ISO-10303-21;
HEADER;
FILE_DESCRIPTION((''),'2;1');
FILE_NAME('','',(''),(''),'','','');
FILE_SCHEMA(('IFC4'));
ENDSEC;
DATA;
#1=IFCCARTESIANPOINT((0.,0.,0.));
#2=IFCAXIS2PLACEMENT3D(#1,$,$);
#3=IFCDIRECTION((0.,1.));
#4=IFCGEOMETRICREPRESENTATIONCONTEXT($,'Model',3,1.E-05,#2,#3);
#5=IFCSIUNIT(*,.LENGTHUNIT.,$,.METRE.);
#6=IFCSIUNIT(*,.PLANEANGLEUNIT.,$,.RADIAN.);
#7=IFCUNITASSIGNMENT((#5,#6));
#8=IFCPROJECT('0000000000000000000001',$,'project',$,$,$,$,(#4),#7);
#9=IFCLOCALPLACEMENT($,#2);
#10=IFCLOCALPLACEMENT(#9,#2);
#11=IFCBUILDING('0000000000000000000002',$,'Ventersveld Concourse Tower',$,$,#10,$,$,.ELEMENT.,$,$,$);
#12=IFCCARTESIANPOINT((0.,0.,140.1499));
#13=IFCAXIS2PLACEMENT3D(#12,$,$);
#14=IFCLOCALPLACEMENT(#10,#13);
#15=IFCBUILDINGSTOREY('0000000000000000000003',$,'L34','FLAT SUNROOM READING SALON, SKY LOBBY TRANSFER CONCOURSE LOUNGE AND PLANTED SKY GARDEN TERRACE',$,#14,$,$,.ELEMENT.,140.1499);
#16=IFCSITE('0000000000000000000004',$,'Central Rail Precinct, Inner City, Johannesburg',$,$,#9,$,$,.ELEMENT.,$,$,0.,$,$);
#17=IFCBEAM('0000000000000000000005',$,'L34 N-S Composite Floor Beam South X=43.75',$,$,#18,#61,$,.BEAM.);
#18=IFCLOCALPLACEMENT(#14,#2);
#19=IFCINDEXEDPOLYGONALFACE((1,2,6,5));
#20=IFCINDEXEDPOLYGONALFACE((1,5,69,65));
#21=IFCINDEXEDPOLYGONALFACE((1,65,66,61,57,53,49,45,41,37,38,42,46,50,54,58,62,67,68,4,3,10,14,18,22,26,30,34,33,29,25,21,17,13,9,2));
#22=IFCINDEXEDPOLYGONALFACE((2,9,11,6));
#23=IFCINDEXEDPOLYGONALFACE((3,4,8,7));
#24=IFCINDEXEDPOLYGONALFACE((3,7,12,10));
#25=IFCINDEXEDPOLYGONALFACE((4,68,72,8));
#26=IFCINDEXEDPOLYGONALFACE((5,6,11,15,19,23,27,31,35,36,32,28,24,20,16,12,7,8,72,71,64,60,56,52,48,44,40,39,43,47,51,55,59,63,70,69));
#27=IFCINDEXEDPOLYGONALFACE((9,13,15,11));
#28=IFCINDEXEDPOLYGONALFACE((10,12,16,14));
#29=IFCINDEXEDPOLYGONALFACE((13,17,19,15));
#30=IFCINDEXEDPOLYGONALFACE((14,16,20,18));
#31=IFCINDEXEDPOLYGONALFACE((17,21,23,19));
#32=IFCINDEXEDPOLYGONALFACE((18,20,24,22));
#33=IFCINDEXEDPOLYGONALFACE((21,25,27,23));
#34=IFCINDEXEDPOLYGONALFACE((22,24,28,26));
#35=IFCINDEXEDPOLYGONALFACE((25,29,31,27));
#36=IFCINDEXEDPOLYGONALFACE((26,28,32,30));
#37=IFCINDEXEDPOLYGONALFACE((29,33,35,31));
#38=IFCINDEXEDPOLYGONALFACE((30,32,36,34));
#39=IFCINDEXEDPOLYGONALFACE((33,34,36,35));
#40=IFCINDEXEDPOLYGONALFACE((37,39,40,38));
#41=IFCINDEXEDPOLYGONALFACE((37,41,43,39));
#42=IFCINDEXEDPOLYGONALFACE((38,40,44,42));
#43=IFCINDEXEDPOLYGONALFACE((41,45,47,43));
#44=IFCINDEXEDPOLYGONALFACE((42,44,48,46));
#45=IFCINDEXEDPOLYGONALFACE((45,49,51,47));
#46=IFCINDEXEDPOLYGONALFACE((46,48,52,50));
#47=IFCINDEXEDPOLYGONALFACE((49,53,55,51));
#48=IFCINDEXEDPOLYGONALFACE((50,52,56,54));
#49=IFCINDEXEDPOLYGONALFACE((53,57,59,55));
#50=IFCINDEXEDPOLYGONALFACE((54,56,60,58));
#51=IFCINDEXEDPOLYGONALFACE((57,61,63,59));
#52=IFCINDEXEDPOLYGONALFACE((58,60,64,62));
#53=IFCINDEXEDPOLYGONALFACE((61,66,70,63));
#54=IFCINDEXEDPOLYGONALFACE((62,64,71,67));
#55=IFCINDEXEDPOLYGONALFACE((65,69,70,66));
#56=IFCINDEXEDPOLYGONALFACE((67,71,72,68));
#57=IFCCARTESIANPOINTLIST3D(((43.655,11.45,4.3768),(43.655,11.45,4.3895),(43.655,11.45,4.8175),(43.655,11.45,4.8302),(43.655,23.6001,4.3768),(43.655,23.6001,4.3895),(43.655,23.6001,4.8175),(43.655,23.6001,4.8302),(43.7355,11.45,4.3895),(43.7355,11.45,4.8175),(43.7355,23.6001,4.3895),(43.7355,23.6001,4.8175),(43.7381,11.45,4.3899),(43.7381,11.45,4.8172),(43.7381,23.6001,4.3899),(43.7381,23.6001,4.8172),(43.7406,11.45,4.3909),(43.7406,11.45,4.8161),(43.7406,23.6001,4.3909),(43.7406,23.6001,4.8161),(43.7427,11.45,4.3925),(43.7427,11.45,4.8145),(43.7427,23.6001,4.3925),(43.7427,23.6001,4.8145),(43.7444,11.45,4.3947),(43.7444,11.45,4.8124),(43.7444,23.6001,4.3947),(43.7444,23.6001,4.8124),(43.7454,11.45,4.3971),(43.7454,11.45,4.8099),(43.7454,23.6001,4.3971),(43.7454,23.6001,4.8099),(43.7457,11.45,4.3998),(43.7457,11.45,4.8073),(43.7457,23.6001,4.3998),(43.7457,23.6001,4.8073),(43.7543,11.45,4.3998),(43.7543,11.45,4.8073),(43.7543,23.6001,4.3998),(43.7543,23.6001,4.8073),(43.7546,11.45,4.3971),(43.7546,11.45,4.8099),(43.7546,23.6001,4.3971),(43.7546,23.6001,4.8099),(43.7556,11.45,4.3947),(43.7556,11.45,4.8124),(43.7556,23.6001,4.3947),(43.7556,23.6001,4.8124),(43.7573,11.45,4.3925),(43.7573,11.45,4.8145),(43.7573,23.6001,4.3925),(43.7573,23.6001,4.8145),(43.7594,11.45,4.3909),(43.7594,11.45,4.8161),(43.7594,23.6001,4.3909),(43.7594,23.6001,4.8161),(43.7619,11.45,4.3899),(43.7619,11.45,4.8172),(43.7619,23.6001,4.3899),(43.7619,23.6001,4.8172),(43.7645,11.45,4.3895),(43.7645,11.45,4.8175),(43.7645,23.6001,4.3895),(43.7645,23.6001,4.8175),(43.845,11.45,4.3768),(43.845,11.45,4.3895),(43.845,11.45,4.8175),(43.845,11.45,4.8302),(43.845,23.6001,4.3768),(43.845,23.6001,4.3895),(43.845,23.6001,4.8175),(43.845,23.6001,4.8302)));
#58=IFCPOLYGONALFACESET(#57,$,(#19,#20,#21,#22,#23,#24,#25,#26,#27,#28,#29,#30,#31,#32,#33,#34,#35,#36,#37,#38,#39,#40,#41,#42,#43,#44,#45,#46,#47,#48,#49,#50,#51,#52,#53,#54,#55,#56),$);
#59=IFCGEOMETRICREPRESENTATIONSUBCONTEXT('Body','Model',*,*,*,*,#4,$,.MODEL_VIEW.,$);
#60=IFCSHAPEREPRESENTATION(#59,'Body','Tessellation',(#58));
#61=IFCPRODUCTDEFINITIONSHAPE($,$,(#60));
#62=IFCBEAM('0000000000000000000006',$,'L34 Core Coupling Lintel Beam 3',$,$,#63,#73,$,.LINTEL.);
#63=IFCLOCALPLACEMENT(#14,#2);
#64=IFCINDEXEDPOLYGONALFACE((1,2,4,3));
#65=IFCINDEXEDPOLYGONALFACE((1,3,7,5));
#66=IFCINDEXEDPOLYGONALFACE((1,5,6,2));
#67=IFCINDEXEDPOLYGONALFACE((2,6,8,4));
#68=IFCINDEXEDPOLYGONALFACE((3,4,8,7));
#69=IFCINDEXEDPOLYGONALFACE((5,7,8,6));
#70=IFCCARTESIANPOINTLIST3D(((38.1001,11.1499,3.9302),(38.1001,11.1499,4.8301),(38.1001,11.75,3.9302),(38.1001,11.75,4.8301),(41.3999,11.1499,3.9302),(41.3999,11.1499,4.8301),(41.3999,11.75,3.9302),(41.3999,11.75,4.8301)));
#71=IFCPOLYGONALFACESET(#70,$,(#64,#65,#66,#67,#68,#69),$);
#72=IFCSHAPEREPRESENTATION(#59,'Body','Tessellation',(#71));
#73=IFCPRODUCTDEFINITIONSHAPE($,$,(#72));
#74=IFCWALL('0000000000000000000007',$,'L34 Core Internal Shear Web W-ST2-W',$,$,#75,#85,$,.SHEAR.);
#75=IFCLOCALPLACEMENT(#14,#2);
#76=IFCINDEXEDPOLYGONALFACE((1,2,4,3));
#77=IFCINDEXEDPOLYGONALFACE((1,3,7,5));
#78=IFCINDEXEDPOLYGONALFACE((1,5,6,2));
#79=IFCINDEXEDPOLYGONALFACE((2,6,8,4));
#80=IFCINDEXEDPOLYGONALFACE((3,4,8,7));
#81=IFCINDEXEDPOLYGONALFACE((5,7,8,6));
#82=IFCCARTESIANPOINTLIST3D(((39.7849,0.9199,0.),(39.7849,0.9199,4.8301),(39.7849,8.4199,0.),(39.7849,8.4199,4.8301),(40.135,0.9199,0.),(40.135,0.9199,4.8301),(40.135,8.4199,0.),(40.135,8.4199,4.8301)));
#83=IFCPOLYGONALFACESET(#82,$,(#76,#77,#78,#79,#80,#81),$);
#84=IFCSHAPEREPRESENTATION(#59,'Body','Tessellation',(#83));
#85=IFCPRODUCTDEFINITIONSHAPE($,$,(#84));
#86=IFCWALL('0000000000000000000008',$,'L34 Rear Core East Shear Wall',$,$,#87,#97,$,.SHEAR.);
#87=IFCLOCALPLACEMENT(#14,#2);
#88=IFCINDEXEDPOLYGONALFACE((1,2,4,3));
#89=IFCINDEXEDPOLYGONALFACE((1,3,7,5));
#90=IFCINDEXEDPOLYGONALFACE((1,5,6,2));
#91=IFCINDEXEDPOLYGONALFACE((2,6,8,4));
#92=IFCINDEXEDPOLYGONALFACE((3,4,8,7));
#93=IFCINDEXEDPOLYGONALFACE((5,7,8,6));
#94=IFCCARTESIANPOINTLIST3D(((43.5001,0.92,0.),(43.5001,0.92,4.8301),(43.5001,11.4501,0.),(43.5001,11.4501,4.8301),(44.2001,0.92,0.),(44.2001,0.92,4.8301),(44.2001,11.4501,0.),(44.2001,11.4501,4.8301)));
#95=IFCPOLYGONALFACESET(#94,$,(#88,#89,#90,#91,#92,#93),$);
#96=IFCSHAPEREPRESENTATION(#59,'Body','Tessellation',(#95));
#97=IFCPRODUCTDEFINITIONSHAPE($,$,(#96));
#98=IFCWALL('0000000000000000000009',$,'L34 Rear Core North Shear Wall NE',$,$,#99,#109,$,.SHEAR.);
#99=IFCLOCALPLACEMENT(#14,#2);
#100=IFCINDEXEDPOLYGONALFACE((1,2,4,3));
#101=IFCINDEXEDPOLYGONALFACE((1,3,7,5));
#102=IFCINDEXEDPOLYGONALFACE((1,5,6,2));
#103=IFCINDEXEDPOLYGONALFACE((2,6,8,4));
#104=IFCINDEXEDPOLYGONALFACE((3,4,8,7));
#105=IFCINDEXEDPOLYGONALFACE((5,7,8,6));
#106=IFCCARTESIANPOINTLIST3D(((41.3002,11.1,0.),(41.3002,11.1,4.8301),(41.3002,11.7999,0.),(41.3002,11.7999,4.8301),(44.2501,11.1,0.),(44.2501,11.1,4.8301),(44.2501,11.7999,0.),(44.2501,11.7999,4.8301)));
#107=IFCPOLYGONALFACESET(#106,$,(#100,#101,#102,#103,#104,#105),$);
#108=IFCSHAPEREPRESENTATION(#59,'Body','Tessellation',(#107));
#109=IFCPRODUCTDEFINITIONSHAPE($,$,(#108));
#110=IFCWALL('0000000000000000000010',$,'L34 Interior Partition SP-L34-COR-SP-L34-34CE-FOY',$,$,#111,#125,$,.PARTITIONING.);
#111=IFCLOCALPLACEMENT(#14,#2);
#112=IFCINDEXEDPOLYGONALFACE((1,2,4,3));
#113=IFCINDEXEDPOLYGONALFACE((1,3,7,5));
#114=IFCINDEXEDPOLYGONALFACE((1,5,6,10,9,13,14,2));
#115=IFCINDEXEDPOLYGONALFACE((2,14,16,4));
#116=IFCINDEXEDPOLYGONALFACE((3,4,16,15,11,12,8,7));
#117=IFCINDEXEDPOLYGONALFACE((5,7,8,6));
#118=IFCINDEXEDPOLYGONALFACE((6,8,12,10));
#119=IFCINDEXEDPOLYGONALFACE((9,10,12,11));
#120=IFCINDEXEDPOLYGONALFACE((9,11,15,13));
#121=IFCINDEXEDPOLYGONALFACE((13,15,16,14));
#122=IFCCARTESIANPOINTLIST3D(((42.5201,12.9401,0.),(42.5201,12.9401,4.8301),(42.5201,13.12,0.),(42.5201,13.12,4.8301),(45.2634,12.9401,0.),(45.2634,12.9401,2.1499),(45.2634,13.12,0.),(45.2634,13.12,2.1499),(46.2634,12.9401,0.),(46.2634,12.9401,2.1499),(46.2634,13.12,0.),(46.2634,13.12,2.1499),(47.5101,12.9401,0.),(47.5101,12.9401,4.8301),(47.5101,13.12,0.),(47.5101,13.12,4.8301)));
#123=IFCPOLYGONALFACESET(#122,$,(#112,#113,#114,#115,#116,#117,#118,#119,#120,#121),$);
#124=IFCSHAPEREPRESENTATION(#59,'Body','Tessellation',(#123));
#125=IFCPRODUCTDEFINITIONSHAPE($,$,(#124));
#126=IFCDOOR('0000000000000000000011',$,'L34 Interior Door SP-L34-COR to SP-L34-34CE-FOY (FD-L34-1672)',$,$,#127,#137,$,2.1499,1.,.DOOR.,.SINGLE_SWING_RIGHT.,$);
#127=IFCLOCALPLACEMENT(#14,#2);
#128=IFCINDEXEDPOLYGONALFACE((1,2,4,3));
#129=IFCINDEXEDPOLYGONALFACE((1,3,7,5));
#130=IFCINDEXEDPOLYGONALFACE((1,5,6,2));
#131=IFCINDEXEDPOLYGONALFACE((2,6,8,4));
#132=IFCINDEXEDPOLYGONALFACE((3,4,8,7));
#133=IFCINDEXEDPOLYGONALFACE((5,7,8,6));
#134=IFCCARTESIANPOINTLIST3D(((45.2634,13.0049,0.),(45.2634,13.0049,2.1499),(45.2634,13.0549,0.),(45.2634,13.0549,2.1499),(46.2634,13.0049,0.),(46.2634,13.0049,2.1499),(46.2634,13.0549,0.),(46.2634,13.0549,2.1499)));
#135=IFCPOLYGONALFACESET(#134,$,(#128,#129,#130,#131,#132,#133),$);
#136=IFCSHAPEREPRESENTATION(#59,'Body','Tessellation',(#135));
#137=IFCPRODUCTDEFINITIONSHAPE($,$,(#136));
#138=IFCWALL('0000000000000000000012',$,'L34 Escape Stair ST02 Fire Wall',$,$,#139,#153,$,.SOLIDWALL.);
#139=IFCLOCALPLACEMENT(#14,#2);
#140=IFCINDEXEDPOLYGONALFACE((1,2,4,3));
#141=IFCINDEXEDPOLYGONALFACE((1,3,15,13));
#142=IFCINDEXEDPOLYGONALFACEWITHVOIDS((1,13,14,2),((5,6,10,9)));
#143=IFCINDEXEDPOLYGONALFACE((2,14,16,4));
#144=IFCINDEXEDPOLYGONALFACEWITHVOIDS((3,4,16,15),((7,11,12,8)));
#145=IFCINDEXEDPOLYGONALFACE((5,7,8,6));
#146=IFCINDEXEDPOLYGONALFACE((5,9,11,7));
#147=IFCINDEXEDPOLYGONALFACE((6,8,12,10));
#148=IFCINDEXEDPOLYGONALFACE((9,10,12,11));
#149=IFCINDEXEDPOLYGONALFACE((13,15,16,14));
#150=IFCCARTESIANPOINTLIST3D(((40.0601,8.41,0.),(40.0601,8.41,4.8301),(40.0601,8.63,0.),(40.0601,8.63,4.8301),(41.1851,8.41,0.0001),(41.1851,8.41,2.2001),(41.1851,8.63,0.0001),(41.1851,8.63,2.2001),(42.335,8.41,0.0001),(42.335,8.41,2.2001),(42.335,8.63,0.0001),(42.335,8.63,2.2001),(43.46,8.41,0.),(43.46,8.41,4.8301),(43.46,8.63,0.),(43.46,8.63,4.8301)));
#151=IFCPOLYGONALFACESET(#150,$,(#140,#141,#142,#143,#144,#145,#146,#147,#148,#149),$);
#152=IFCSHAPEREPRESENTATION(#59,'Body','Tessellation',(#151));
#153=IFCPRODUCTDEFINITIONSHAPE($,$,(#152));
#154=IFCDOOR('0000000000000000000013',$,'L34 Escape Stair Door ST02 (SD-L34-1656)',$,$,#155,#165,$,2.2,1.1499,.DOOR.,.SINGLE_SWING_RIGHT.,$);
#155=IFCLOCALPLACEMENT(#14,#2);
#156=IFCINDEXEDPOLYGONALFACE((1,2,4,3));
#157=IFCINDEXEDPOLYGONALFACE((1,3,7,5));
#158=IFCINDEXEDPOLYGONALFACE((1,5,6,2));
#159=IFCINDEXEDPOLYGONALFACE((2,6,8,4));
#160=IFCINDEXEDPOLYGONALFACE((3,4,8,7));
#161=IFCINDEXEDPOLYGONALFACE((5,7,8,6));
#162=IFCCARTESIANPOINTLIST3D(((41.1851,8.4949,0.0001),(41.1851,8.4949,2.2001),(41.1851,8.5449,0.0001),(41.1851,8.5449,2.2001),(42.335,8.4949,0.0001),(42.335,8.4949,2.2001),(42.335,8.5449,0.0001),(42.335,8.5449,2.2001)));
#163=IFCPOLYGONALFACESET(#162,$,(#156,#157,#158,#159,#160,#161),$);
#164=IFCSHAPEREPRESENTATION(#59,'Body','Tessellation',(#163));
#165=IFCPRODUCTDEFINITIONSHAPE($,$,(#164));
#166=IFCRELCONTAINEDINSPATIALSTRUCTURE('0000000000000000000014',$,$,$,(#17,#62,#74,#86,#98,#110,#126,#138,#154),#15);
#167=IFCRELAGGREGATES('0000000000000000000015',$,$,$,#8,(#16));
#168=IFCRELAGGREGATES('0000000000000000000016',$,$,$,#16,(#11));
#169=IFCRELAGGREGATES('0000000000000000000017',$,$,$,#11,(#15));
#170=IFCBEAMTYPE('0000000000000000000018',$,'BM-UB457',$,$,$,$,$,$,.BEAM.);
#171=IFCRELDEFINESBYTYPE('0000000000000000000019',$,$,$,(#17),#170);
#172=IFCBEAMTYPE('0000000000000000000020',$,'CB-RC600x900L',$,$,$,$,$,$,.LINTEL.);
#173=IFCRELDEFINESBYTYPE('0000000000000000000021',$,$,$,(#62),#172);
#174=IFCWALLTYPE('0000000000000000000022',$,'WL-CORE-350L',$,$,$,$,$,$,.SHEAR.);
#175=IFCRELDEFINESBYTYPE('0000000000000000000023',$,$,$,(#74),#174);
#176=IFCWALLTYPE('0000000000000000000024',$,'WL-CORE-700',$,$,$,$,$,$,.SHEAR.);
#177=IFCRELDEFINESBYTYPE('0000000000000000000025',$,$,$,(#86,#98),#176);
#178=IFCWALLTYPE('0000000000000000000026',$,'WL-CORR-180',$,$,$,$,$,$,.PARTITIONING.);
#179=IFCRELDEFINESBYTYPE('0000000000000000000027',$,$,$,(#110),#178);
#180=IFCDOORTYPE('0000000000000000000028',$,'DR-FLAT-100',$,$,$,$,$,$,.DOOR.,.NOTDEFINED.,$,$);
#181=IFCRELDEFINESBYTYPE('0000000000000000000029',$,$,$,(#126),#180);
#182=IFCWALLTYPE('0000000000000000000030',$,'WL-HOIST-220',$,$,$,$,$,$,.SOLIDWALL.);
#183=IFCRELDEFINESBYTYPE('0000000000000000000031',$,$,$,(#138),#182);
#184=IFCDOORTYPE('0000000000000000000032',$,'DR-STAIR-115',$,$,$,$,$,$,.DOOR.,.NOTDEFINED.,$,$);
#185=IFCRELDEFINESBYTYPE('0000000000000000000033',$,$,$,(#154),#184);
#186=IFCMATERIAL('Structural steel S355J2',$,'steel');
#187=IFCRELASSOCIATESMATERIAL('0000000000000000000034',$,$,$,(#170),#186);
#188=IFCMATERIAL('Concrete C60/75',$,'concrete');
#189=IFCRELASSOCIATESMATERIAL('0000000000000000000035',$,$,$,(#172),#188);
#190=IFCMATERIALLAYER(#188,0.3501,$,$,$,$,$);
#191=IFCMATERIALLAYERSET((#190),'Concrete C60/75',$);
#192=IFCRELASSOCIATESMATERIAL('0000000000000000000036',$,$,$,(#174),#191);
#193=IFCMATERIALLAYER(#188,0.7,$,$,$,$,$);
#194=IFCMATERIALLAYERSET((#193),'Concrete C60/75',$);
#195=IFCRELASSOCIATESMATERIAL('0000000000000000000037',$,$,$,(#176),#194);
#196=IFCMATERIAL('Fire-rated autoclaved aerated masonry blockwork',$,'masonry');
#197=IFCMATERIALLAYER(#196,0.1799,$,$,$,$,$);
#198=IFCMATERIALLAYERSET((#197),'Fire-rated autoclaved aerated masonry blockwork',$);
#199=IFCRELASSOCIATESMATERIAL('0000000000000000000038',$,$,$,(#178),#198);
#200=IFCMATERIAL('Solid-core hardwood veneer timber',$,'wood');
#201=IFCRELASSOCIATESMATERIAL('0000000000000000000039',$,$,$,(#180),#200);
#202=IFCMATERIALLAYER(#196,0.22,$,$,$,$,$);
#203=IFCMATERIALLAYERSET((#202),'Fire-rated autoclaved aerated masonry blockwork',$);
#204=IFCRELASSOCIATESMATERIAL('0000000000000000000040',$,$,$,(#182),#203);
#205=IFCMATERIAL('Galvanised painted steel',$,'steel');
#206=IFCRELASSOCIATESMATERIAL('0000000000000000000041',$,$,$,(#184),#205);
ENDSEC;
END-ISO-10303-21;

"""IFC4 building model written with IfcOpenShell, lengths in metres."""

from ifc_helpers import new_model, si_unit, direction, frame, frame_2d, origin, origin_2d, place, context, subcontext, project, spatial, rectangle, i_section, extrude, material, layer, layer_set, material_profile, profile_set, type_object, element, fill, save


model = new_model("IFC4")

# Units and contexts
model_context = context("Model", 3, precision=1e-05, world=origin(), true_north=direction((0.0, 1.0)))
body_context = subcontext(model_context, "Body", "Model", "MODEL_VIEW")
ifc_project = project(units=[si_unit("LENGTHUNIT", "METRE"), si_unit("PLANEANGLEUNIT", "RADIAN")], contexts=[model_context])

# Site, building, storey
site_placement = place(None, origin())
site = spatial("IfcSite", under=ifc_project, at=site_placement, Name="Central Rail Precinct, Inner City, Johannesburg", CompositionType="ELEMENT", RefElevation=0.0)
building_placement = place(site_placement, origin())
building = spatial("IfcBuilding", under=site, at=building_placement, Name="Ventersveld Concourse Tower", CompositionType="ELEMENT")
storey_placement = place(building_placement, frame((0.0, 0.0, 140.1499)))
storey = spatial("IfcBuildingStorey", under=building, at=storey_placement, Name="L34", Description="FLAT SUNROOM READING SALON, SKY LOBBY TRANSFER CONCOURSE LOUNGE AND PLANTED SKY GARDEN TERRACE", CompositionType="ELEMENT", Elevation=140.1499)

# Beams
ifc_material_1 = material(Name="Structural steel S355J2", Category="steel")
ifc_material_profile_1 = material_profile(ifc_material_1, i_section(OverallWidth=0.1899, OverallDepth=0.4534, WebThickness=0.0085, FlangeThickness=0.0127, FilletRadius=0.0103, at=origin_2d()), Name="UB 457x191x67")
ifc_profile_set_1 = profile_set([ifc_material_profile_1], Name="Structural steel S355J2")
beam_type_1 = type_object("IfcBeamType", Name="BM-UB457", PredefinedType="BEAM", material=ifc_profile_set_1)
beam_1_placement = place(storey_placement, frame((43.75, 11.45, 4.6035), z_axis=(0.0, 1.0, 0.0), x_axis=(-1.0, 0.0, 0.0)))
element("IfcBeam", 1, at=beam_1_placement, inside=storey, type_object=beam_type_1, Name="L34 N-S Composite Floor Beam South X=43.75", PredefinedType="BEAM", context=body_context, shape_type="SweptSolid", body=[
    extrude(i_section(OverallWidth=0.1899, OverallDepth=0.4534, WebThickness=0.0085, FlangeThickness=0.0127, FilletRadius=0.0103, at=origin_2d()), origin(), (0.0, 0.0, 1.0), 12.1501),
])
ifc_material_2 = material(Name="Concrete C60/75", Category="concrete")
ifc_material_profile_2 = material_profile(ifc_material_2, rectangle(XDim=0.6001, YDim=0.8999, at=origin_2d()), Name="RC 600x900")
ifc_profile_set_2 = profile_set([ifc_material_profile_2], Name="Concrete C60/75")
beam_type_2 = type_object("IfcBeamType", Name="CB-RC600x900L", PredefinedType="LINTEL", material=ifc_profile_set_2)
beam_2_placement = place(storey_placement, frame((38.1001, 11.45, 4.3801), z_axis=(1.0, 0.0, 0.0), x_axis=(0.0, 1.0, 0.0)))
element("IfcBeam", 2, at=beam_2_placement, inside=storey, type_object=beam_type_2, Name="L34 Core Coupling Lintel Beam 3", PredefinedType="LINTEL", context=body_context, shape_type="SweptSolid", body=[
    extrude(rectangle(XDim=0.6001, YDim=0.8999, at=origin_2d()), origin(), (0.0, 0.0, 1.0), 3.2998),
])

# Walls
ifc_layer_1 = layer(ifc_material_2, 0.3501)
ifc_layer_set_1 = layer_set([ifc_layer_1], Name="Concrete C60/75")
wall_type_1 = type_object("IfcWallType", Name="WL-CORE-350L", PredefinedType="SHEAR", material=ifc_layer_set_1)
wall_1_placement = place(storey_placement, frame((39.96, 0.9199, 0.0), z_axis=(0.0, 0.0, 1.0), x_axis=(0.0, 1.0, 0.0)))
element("IfcWall", 3, at=wall_1_placement, inside=storey, type_object=wall_type_1, Name="L34 Core Internal Shear Web W-ST2-W", PredefinedType="SHEAR", context=body_context, shape_type="SweptSolid", body=[
    extrude(rectangle(XDim=7.5, YDim=0.3501, at=frame_2d((3.75, 0.0))), origin(), (0.0, 0.0, 1.0), 4.8301),
])
ifc_layer_2 = layer(ifc_material_2, 0.7)
ifc_layer_set_2 = layer_set([ifc_layer_2], Name="Concrete C60/75")
wall_type_2 = type_object("IfcWallType", Name="WL-CORE-700", PredefinedType="SHEAR", material=ifc_layer_set_2)
wall_2_placement = place(storey_placement, frame((43.8501, 0.9199, 0.0), z_axis=(0.0, 0.0, 1.0), x_axis=(0.0, 1.0, 0.0)))
element("IfcWall", 4, at=wall_2_placement, inside=storey, type_object=wall_type_2, Name="L34 Rear Core East Shear Wall", PredefinedType="SHEAR", context=body_context, shape_type="SweptSolid", body=[
    extrude(rectangle(XDim=10.53, YDim=0.7, at=frame_2d((5.2651, 0.0))), origin(), (0.0, 0.0, 1.0), 4.8301),
])
wall_3_placement = place(storey_placement, frame((41.3, 11.45, 0.0), z_axis=(0.0, 0.0, 1.0), x_axis=(1.0, 0.0, 0.0)))
element("IfcWall", 5, at=wall_3_placement, inside=storey, type_object=wall_type_2, Name="L34 Rear Core North Shear Wall NE", PredefinedType="SHEAR", context=body_context, shape_type="SweptSolid", body=[
    extrude(rectangle(XDim=2.95, YDim=0.7, at=frame_2d((1.4751, 0.0))), origin(), (0.0, 0.0, 1.0), 4.8301),
])

# Walls, openings, doors
ifc_material_3 = material(Name="Fire-rated autoclaved aerated masonry blockwork", Category="masonry")
ifc_layer_3 = layer(ifc_material_3, 0.1799)
ifc_layer_set_3 = layer_set([ifc_layer_3], Name="Fire-rated autoclaved aerated masonry blockwork")
wall_type_3 = type_object("IfcWallType", Name="WL-CORR-180", PredefinedType="PARTITIONING", material=ifc_layer_set_3)
wall_4_placement = place(storey_placement, frame((42.52, 13.03, 0.0), z_axis=(0.0, 0.0, 1.0), x_axis=(1.0, 0.0, 0.0)))
wall_4 = element("IfcWall", 6, at=wall_4_placement, inside=storey, type_object=wall_type_3, Name="L34 Interior Partition SP-L34-COR-SP-L34-34CE-FOY", PredefinedType="PARTITIONING", context=body_context, shape_type="SweptSolid", body=[
    extrude(rectangle(XDim=4.99, YDim=0.1799, at=frame_2d((2.4951, 0.0))), origin(), (0.0, 0.0, 1.0), 4.8301),
])
opening_1_placement = place(wall_4_placement, frame((2.7434, 0.0, 0.0)))
opening_1 = element("IfcOpeningElement", 7, at=opening_1_placement, cuts=wall_4, PredefinedType="OPENING", context=body_context, shape_type="SweptSolid", body=[
    extrude(rectangle(XDim=1.0, YDim=2.1499, at=frame_2d((0.5, 1.075))), frame((0.0, 0.1001, 0.0), z_axis=(0.0, -1.0, 0.0), x_axis=(1.0, 0.0, 0.0)), (0.0, 0.0, 1.0), 0.2),
])
ifc_material_4 = material(Name="Solid-core hardwood veneer timber", Category="wood")
door_type_1 = type_object("IfcDoorType", Name="DR-FLAT-100", OperationType="NOTDEFINED", PredefinedType="DOOR", material=ifc_material_4)
door_1_placement = place(opening_1_placement, origin())
door_1 = element("IfcDoor", 8, at=door_1_placement, inside=storey, type_object=door_type_1, Name="L34 Interior Door SP-L34-COR to SP-L34-34CE-FOY (FD-L34-1672)", OperationType="SINGLE_SWING_RIGHT", OverallHeight=2.1499, OverallWidth=1.0, PredefinedType="DOOR", context=body_context, shape_type="SweptSolid", body=[
    extrude(rectangle(XDim=1.0, YDim=2.1499, at=frame_2d((0.5, 1.075))), frame((0.0, 0.0249, 0.0), z_axis=(0.0, -1.0, 0.0), x_axis=(1.0, 0.0, 0.0)), (0.0, 0.0, 1.0), 0.05),
])
fill(opening_1, door_1)
ifc_layer_4 = layer(ifc_material_3, 0.22)
ifc_layer_set_4 = layer_set([ifc_layer_4], Name="Fire-rated autoclaved aerated masonry blockwork")
wall_type_4 = type_object("IfcWallType", Name="WL-HOIST-220", PredefinedType="SOLIDWALL", material=ifc_layer_set_4)
wall_5_placement = place(storey_placement, frame((40.0601, 8.52, 0.0), z_axis=(0.0, 0.0, 1.0), x_axis=(1.0, 0.0, 0.0)))
wall_5 = element("IfcWall", 9, at=wall_5_placement, inside=storey, type_object=wall_type_4, Name="L34 Escape Stair ST02 Fire Wall", PredefinedType="SOLIDWALL", context=body_context, shape_type="SweptSolid", body=[
    extrude(rectangle(XDim=3.3999, YDim=0.22, at=frame_2d((1.7, 0.0))), origin(), (0.0, 0.0, 1.0), 4.8301),
])
opening_2_placement = place(wall_5_placement, frame((1.125, 0.0, 0.0)))
opening_2 = element("IfcOpeningElement", 10, at=opening_2_placement, cuts=wall_5, PredefinedType="OPENING", context=body_context, shape_type="SweptSolid", body=[
    extrude(rectangle(XDim=1.1499, YDim=2.2, at=frame_2d((0.575, 1.1001))), frame((0.0, 0.1201, 0.0), z_axis=(0.0, -1.0, 0.0), x_axis=(1.0, 0.0, 0.0)), (0.0, 0.0, 1.0), 0.24),
])
ifc_material_5 = material(Name="Galvanised painted steel", Category="steel")
door_type_2 = type_object("IfcDoorType", Name="DR-STAIR-115", OperationType="NOTDEFINED", PredefinedType="DOOR", material=ifc_material_5)
door_2_placement = place(opening_2_placement, origin())
door_2 = element("IfcDoor", 11, at=door_2_placement, inside=storey, type_object=door_type_2, Name="L34 Escape Stair Door ST02 (SD-L34-1656)", OperationType="SINGLE_SWING_RIGHT", OverallHeight=2.2, OverallWidth=1.1499, PredefinedType="DOOR", context=body_context, shape_type="SweptSolid", body=[
    extrude(rectangle(XDim=1.1499, YDim=2.2, at=frame_2d((0.575, 1.1001))), frame((0.0, 0.0249, 0.0), z_axis=(0.0, -1.0, 0.0), x_axis=(1.0, 0.0, 0.0)), (0.0, 0.0, 1.0), 0.05),
])
fill(opening_2, door_2)

save(model, "model.ifc")
